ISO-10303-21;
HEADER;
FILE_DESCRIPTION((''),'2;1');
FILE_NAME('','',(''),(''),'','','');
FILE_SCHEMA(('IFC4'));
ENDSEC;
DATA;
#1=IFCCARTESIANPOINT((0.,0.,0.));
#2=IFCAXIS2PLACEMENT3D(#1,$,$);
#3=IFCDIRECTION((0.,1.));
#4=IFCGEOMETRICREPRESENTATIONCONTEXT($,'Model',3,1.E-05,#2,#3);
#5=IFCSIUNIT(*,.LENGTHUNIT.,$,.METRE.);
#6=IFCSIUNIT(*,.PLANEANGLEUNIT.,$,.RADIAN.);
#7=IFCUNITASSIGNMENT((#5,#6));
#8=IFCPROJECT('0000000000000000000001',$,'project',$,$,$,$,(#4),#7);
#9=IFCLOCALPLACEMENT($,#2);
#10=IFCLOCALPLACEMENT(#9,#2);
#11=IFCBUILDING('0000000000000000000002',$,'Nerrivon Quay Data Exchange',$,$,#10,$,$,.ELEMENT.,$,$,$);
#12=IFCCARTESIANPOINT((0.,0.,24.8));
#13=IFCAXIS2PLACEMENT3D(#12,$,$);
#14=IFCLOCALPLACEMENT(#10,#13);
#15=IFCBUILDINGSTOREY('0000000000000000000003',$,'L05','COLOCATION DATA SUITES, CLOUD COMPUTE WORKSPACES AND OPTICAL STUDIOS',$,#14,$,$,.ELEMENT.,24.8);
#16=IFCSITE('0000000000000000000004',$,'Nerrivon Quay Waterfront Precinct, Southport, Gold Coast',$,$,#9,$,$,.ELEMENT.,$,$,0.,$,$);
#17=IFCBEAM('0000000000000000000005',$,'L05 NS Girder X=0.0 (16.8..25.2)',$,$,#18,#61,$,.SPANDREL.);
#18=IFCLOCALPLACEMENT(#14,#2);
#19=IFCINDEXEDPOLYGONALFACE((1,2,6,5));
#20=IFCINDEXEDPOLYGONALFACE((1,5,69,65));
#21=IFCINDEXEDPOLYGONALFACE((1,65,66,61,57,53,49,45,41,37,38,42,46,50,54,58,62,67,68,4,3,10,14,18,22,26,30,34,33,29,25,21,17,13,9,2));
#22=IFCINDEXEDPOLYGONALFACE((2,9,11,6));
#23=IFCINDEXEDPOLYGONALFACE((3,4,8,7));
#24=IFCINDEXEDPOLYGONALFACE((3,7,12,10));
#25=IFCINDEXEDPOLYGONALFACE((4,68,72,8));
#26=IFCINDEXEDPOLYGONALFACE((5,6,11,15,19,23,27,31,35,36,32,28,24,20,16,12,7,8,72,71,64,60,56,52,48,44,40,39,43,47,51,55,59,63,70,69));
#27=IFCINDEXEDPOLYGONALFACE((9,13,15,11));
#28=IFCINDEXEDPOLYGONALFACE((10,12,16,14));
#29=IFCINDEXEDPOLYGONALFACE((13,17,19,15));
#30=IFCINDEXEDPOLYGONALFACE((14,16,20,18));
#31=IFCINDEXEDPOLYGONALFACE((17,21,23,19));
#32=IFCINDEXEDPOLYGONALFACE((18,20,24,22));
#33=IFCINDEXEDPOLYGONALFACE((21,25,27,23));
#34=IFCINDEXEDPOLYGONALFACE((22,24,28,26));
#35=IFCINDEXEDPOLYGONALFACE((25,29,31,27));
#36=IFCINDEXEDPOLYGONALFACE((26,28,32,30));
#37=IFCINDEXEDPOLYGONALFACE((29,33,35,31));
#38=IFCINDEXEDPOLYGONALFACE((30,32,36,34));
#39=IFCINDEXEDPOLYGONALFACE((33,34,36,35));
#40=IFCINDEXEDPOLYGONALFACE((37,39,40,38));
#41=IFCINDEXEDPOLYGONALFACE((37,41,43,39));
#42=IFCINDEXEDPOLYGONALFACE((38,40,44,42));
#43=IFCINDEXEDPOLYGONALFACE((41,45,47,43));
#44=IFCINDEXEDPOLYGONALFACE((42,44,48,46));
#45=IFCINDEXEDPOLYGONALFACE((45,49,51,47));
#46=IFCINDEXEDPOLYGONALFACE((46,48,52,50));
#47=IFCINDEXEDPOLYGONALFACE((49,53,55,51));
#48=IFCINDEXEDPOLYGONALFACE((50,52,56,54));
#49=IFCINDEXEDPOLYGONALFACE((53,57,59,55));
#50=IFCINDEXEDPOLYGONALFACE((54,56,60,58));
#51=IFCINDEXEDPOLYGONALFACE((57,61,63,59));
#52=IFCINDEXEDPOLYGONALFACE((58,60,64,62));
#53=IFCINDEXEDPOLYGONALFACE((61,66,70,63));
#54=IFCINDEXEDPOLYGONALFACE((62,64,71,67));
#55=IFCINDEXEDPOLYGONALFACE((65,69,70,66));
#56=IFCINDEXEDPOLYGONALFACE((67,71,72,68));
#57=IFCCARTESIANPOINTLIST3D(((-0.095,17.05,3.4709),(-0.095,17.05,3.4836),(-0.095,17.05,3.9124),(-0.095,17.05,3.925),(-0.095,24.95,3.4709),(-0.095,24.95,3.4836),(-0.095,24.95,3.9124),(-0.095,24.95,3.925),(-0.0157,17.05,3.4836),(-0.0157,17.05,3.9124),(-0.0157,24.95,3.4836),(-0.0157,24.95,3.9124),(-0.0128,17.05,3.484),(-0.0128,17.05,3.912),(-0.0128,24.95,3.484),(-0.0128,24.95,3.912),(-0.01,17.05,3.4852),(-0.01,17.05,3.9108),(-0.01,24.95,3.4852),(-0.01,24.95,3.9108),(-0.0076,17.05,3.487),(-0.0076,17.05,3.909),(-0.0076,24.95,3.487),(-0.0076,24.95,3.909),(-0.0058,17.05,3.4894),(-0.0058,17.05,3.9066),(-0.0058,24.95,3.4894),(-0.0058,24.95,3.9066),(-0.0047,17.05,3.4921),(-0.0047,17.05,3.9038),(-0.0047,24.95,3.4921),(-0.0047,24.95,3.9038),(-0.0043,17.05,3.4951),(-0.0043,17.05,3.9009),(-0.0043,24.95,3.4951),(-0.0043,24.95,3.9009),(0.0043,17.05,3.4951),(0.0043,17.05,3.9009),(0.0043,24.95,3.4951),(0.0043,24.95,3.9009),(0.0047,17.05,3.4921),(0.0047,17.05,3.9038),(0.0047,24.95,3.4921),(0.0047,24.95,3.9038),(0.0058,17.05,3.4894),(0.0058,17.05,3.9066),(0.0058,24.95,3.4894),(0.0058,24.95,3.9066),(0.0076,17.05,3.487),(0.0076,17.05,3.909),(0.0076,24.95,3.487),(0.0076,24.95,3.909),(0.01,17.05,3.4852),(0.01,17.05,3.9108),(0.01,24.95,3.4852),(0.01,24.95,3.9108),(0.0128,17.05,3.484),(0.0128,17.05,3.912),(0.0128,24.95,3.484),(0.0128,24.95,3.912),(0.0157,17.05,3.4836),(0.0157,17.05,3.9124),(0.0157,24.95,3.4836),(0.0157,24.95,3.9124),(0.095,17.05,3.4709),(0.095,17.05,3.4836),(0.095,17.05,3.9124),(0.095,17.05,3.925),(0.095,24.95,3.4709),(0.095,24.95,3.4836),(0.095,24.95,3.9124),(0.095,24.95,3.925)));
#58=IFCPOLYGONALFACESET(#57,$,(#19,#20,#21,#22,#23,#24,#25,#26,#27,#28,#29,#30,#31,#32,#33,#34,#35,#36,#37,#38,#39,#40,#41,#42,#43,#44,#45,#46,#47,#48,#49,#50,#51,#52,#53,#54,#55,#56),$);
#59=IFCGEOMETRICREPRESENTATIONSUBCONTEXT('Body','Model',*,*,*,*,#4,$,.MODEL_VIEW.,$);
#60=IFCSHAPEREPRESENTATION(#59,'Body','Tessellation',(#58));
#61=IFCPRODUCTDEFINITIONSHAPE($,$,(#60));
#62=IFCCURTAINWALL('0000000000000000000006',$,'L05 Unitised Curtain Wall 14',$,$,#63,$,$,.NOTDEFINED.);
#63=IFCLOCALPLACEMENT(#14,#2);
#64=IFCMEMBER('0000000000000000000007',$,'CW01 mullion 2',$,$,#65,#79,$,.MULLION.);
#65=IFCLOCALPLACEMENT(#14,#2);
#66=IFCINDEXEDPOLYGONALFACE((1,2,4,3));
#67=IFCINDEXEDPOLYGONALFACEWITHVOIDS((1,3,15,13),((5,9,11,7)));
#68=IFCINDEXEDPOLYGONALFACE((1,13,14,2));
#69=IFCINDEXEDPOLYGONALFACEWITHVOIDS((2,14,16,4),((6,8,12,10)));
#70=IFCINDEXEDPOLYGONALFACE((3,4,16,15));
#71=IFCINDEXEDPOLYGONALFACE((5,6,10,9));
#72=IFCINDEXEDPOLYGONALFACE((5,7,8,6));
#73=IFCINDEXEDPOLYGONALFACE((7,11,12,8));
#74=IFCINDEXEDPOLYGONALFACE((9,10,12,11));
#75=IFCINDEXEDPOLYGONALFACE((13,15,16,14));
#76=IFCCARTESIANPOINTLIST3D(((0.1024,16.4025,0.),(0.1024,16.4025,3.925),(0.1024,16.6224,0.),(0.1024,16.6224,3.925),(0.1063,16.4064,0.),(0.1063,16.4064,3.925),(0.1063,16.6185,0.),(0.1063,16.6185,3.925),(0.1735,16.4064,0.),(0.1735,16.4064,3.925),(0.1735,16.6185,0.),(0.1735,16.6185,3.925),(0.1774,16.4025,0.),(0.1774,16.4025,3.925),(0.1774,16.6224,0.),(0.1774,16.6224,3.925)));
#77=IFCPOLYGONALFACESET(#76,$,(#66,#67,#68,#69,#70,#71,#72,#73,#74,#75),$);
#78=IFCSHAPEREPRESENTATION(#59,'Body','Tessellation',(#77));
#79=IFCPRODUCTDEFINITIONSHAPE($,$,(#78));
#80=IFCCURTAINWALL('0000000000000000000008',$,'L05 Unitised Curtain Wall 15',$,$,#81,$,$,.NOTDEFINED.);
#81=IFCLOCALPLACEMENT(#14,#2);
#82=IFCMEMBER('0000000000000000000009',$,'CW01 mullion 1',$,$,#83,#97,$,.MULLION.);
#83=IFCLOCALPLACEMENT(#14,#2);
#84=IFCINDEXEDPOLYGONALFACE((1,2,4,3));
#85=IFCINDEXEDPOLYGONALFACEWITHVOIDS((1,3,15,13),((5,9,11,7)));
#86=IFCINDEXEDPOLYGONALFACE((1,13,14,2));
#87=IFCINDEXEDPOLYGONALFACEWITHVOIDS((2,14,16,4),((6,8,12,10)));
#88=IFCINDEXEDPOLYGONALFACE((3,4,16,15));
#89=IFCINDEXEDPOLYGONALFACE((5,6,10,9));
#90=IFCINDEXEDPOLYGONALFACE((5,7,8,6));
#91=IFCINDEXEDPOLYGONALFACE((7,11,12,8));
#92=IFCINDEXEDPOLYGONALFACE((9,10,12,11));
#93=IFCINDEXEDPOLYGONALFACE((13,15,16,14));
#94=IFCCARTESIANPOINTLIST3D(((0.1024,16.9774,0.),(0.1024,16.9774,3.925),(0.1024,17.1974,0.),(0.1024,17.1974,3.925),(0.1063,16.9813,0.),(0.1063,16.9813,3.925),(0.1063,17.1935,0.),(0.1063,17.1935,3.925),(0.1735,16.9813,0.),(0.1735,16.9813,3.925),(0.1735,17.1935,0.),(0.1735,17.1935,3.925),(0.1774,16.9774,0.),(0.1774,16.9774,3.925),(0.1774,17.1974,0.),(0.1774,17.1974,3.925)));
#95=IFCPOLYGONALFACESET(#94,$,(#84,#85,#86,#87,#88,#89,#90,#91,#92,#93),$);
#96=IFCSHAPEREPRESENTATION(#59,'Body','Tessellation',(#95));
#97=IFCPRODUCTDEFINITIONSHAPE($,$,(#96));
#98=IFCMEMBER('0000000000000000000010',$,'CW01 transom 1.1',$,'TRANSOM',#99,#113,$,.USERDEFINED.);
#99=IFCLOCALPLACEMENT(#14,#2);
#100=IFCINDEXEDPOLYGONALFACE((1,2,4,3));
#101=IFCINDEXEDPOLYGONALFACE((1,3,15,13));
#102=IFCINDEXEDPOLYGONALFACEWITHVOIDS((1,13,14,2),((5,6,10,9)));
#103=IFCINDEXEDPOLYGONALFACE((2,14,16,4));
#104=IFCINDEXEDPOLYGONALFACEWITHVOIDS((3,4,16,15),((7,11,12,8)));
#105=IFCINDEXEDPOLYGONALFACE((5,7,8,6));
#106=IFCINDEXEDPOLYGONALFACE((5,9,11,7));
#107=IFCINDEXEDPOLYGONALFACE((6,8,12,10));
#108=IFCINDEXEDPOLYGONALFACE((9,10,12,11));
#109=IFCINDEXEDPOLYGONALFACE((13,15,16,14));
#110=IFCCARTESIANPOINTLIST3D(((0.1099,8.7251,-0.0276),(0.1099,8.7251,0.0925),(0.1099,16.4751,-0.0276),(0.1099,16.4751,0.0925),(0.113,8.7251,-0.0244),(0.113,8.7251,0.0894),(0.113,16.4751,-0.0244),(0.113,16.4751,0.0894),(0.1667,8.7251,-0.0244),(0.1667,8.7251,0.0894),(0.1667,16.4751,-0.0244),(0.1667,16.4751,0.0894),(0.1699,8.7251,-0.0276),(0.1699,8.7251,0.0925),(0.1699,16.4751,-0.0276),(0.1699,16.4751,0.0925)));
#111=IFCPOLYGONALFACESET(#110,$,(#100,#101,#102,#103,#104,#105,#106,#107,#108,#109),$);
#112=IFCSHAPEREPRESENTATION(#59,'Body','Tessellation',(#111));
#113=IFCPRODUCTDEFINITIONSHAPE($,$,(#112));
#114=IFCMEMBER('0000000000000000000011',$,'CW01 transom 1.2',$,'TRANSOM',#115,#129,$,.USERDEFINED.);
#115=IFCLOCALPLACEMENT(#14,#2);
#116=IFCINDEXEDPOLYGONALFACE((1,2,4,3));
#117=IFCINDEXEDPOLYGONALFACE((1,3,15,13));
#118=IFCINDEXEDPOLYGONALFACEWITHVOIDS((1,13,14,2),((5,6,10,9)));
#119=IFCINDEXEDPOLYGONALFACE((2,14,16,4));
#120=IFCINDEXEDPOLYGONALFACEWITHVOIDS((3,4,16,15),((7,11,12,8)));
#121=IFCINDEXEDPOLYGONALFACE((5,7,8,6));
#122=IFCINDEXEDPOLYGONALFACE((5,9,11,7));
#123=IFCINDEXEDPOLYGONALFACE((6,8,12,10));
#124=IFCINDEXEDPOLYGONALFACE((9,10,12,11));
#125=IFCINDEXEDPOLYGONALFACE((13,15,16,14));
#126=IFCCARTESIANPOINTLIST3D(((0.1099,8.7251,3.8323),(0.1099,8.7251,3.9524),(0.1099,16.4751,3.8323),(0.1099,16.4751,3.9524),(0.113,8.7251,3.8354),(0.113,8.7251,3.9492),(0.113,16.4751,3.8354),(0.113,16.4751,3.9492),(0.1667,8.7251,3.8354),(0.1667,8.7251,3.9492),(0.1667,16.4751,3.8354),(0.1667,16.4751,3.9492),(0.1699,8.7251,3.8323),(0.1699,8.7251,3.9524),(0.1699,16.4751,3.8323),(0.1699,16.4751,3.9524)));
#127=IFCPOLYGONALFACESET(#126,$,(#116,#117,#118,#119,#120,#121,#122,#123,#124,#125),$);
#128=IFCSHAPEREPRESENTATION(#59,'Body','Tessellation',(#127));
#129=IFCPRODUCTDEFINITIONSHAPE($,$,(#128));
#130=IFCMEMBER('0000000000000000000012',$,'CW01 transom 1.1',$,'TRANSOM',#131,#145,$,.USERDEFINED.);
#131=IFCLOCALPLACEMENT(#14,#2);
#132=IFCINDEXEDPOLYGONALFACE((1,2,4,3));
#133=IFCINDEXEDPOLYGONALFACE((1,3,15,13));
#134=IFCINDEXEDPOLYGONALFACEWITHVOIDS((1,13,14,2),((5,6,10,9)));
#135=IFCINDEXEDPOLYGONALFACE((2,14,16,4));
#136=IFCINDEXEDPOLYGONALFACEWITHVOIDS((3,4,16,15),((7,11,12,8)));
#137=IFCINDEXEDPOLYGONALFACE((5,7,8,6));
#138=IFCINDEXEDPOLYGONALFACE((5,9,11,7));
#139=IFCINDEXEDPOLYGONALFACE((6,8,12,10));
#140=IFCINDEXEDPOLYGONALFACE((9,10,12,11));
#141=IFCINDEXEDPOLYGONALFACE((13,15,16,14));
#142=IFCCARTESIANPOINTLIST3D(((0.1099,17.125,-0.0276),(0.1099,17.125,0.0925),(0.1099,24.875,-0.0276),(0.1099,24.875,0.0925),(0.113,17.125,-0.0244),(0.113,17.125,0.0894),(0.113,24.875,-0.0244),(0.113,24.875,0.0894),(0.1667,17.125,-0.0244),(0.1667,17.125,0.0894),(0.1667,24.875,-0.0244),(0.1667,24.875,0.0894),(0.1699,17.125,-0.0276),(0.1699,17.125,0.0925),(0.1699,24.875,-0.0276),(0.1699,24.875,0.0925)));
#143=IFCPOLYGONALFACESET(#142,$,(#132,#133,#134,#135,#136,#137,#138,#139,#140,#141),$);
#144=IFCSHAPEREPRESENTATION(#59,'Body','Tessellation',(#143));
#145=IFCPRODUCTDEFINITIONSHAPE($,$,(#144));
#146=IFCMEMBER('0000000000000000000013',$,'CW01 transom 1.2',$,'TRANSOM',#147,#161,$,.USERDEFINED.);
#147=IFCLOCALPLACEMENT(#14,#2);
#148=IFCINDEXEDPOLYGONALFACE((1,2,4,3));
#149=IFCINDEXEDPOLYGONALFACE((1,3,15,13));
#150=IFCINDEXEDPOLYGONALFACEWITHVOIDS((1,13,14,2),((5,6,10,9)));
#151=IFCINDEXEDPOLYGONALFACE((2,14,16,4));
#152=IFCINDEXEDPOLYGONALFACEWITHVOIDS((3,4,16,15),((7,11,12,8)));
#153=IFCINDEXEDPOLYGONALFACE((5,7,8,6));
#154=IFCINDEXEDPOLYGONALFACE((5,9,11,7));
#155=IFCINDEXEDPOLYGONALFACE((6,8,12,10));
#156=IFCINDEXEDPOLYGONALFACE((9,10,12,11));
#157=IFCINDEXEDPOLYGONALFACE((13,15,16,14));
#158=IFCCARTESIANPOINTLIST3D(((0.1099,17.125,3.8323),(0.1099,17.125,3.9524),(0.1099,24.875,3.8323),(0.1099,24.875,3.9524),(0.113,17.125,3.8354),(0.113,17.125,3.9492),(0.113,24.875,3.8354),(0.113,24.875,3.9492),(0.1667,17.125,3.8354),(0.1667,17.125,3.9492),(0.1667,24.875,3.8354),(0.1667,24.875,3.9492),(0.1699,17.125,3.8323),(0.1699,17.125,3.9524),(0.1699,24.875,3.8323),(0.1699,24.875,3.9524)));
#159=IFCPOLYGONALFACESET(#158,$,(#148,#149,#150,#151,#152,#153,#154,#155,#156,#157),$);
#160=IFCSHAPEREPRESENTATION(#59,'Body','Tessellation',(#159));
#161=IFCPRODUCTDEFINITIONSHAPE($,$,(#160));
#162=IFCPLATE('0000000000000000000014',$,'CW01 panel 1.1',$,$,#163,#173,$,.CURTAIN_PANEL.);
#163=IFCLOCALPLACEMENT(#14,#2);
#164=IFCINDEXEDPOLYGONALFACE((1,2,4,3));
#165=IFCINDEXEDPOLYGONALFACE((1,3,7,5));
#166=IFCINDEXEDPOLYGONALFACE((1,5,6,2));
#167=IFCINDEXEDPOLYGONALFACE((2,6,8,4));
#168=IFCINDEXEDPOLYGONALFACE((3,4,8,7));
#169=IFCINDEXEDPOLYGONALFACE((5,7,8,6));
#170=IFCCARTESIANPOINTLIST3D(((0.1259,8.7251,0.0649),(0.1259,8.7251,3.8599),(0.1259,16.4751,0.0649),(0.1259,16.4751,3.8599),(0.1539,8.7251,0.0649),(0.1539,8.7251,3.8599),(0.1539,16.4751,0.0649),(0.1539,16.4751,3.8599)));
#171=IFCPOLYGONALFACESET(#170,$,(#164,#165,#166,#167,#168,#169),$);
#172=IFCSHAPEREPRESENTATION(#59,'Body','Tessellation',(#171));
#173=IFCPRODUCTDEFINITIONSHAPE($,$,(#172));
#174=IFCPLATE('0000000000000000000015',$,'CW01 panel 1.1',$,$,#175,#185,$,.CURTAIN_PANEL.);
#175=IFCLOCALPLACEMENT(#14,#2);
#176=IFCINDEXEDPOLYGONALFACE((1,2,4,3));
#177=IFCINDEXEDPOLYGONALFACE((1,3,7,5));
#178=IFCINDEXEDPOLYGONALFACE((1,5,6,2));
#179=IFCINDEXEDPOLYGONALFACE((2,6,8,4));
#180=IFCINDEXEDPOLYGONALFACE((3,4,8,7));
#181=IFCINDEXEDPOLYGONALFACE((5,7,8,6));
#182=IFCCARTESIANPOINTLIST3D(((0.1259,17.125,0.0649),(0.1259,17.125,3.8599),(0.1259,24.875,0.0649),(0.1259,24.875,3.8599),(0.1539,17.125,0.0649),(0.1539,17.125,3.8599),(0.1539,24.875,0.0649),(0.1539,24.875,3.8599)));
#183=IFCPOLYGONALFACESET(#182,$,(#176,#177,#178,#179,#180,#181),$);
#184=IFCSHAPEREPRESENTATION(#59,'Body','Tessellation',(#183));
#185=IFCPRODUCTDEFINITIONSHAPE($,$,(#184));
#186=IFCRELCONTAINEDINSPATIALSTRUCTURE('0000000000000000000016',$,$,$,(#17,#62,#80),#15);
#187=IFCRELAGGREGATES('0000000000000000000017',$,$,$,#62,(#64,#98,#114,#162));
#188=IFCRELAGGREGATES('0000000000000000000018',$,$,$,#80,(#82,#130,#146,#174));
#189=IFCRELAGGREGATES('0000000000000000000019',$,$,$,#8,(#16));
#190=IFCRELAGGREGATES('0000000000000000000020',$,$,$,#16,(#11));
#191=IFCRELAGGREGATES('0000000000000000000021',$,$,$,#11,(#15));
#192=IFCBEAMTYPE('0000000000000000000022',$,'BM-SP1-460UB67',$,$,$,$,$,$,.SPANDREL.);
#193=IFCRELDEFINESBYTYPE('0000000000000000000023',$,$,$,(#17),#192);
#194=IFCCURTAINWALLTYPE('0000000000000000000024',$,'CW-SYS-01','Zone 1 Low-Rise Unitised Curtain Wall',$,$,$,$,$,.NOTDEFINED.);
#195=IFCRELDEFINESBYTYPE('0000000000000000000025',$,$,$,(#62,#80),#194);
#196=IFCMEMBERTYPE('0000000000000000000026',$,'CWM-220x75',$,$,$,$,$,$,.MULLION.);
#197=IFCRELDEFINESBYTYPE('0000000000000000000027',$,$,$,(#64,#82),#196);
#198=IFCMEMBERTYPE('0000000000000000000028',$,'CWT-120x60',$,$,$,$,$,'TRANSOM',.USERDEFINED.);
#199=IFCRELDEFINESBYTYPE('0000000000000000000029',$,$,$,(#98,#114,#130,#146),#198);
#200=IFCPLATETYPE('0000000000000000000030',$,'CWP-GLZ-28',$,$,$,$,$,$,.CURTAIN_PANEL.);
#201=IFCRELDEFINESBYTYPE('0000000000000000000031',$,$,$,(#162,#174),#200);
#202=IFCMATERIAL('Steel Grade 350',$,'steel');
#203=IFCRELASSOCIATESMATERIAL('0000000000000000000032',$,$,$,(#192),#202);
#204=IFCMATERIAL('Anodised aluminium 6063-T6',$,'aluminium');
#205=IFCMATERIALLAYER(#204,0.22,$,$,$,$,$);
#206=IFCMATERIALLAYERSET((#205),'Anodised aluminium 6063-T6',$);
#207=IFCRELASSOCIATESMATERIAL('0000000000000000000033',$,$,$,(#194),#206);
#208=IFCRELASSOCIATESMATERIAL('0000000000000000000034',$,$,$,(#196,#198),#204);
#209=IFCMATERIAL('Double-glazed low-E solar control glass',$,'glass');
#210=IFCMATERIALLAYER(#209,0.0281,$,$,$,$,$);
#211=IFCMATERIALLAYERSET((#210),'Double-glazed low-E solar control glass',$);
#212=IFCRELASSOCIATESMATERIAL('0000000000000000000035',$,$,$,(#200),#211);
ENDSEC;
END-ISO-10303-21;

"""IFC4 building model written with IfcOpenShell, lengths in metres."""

from ifc_helpers import new_model, si_unit, direction, frame, origin, origin_2d, place, context, subcontext, project, spatial, rectangle, hollow_rectangle, i_section, extrude, material, layer, layer_set, material_profile, profile_set, type_object, element, aggregate, save


model = new_model("IFC4")

# Units and contexts
model_context = context("Model", 3, precision=1e-05, world=origin(), true_north=direction((0.0, 1.0)))
body_context = subcontext(model_context, "Body", "Model", "MODEL_VIEW")
ifc_project = project(units=[si_unit("LENGTHUNIT", "METRE"), si_unit("PLANEANGLEUNIT", "RADIAN")], contexts=[model_context])

# Site, building, storey
site_placement = place(None, origin())
site = spatial("IfcSite", under=ifc_project, at=site_placement, Name="Nerrivon Quay Waterfront Precinct, Southport, Gold Coast", CompositionType="ELEMENT", RefElevation=0.0)
building_placement = place(site_placement, origin())
building = spatial("IfcBuilding", under=site, at=building_placement, Name="Nerrivon Quay Data Exchange", CompositionType="ELEMENT")
storey_placement = place(building_placement, frame((0.0, 0.0, 24.8)))
storey = spatial("IfcBuildingStorey", under=building, at=storey_placement, Name="L05", Description="COLOCATION DATA SUITES, CLOUD COMPUTE WORKSPACES AND OPTICAL STUDIOS", CompositionType="ELEMENT", Elevation=24.8)

# Shared definitions
ifc_material_1 = material(Name="Steel Grade 350", Category="steel")

# Beam
ifc_material_profile_1 = material_profile(ifc_material_1, i_section(OverallWidth=0.1899, OverallDepth=0.4541, WebThickness=0.0085, FlangeThickness=0.0127, FilletRadius=0.0115, at=origin_2d()), Name="460UB67.1")
ifc_profile_set_1 = profile_set([ifc_material_profile_1], Name="Steel Grade 350")
beam_type_1 = type_object("IfcBeamType", Name="BM-SP1-460UB67", PredefinedType="SPANDREL", material=ifc_profile_set_1)
beam_1_placement = place(storey_placement, frame((0.0, 17.05, 3.698), z_axis=(0.0, 1.0, 0.0), x_axis=(-1.0, 0.0, 0.0)))
element("IfcBeam", 1, at=beam_1_placement, inside=storey, type_object=beam_type_1, Name="L05 NS Girder X=0.0 (16.8..25.2)", PredefinedType="SPANDREL", context=body_context, shape_type="SweptSolid", body=[
    extrude(i_section(OverallWidth=0.1899, OverallDepth=0.4541, WebThickness=0.0085, FlangeThickness=0.0127, FilletRadius=0.0115, at=origin_2d()), origin(), (0.0, 0.0, 1.0), 7.8999),
])

# Curtain walls, members
ifc_material_2 = material(Name="Anodised aluminium 6063-T6", Category="aluminium")
ifc_layer_1 = layer(ifc_material_2, 0.22)
ifc_layer_set_1 = layer_set([ifc_layer_1], Name="Anodised aluminium 6063-T6")
curtain_wall_type = type_object("IfcCurtainWallType", Name="CW-SYS-01", Description="Zone 1 Low-Rise Unitised Curtain Wall", PredefinedType="NOTDEFINED", material=ifc_layer_set_1)
curtain_wall_1_placement = place(storey_placement, origin())
curtain_wall_1 = element("IfcCurtainWall", 2, at=curtain_wall_1_placement, inside=storey, type_object=curtain_wall_type, Name="L05 Unitised Curtain Wall 14", PredefinedType="NOTDEFINED")
ifc_material_profile_2 = material_profile(ifc_material_2, hollow_rectangle(XDim=0.075, YDim=0.22, WallThickness=0.0039, at=origin_2d()), Name="ALU-MULL-220x75")
ifc_profile_set_2 = profile_set([ifc_material_profile_2], Name="Anodised aluminium 6063-T6")
member_type_1 = type_object("IfcMemberType", Name="CWM-220x75", PredefinedType="MULLION", material=ifc_profile_set_2)
member_1_placement = place(storey_placement, frame((0.1399, 16.5125, 0.0), z_axis=(0.0, 0.0, 1.0), x_axis=(-1.0, 0.0, 0.0)))
member_1 = element("IfcMember", 3, at=member_1_placement, type_object=member_type_1, Name="CW01 mullion 2", PredefinedType="MULLION", context=body_context, shape_type="SweptSolid", body=[
    extrude(hollow_rectangle(XDim=0.075, YDim=0.22, WallThickness=0.0039, at=origin_2d()), origin(), (0.0, 0.0, 1.0), 3.925),
])
curtain_wall_2_placement = place(storey_placement, origin())
curtain_wall_2 = element("IfcCurtainWall", 4, at=curtain_wall_2_placement, inside=storey, type_object=curtain_wall_type, Name="L05 Unitised Curtain Wall 15", PredefinedType="NOTDEFINED")
member_2_placement = place(storey_placement, frame((0.1399, 17.0874, 0.0), z_axis=(0.0, 0.0, 1.0), x_axis=(-1.0, 0.0, 0.0)))
member_2 = element("IfcMember", 5, at=member_2_placement, type_object=member_type_1, Name="CW01 mullion 1", PredefinedType="MULLION", context=body_context, shape_type="SweptSolid", body=[
    extrude(hollow_rectangle(XDim=0.075, YDim=0.22, WallThickness=0.0039, at=origin_2d()), origin(), (0.0, 0.0, 1.0), 3.925),
])

# Members
ifc_material_profile_3 = material_profile(ifc_material_2, hollow_rectangle(XDim=0.0601, YDim=0.1201, WallThickness=0.0032, at=origin_2d()), Name="ALU-TRAN-120x60")
ifc_profile_set_3 = profile_set([ifc_material_profile_3], Name="Anodised aluminium 6063-T6")
member_type_2 = type_object("IfcMemberType", Name="CWT-120x60", ElementType="TRANSOM", PredefinedType="USERDEFINED", material=ifc_profile_set_3)
member_3_placement = place(storey_placement, frame((0.1399, 8.7251, 0.0325), z_axis=(0.0, 1.0, 0.0), x_axis=(-1.0, 0.0, 0.0)))
member_3 = element("IfcMember", 6, at=member_3_placement, type_object=member_type_2, Name="CW01 transom 1.1", ObjectType="TRANSOM", PredefinedType="USERDEFINED", context=body_context, shape_type="SweptSolid", body=[
    extrude(hollow_rectangle(XDim=0.0601, YDim=0.1201, WallThickness=0.0032, at=origin_2d()), origin(), (0.0, 0.0, 1.0), 7.75),
])
member_4_placement = place(storey_placement, frame((0.1399, 8.7251, 3.8923), z_axis=(0.0, 1.0, 0.0), x_axis=(-1.0, 0.0, 0.0)))
member_4 = element("IfcMember", 7, at=member_4_placement, type_object=member_type_2, Name="CW01 transom 1.2", ObjectType="TRANSOM", PredefinedType="USERDEFINED", context=body_context, shape_type="SweptSolid", body=[
    extrude(hollow_rectangle(XDim=0.0601, YDim=0.1201, WallThickness=0.0032, at=origin_2d()), origin(), (0.0, 0.0, 1.0), 7.75),
])
member_5_placement = place(storey_placement, frame((0.1399, 17.125, 0.0325), z_axis=(0.0, 1.0, 0.0), x_axis=(-1.0, 0.0, 0.0)))
member_5 = element("IfcMember", 8, at=member_5_placement, type_object=member_type_2, Name="CW01 transom 1.1", ObjectType="TRANSOM", PredefinedType="USERDEFINED", context=body_context, shape_type="SweptSolid", body=[
    extrude(hollow_rectangle(XDim=0.0601, YDim=0.1201, WallThickness=0.0032, at=origin_2d()), origin(), (0.0, 0.0, 1.0), 7.75),
])
member_6_placement = place(storey_placement, frame((0.1399, 17.125, 3.8923), z_axis=(0.0, 1.0, 0.0), x_axis=(-1.0, 0.0, 0.0)))
member_6 = element("IfcMember", 9, at=member_6_placement, type_object=member_type_2, Name="CW01 transom 1.2", ObjectType="TRANSOM", PredefinedType="USERDEFINED", context=body_context, shape_type="SweptSolid", body=[
    extrude(hollow_rectangle(XDim=0.0601, YDim=0.1201, WallThickness=0.0032, at=origin_2d()), origin(), (0.0, 0.0, 1.0), 7.75),
])

# Plates
ifc_material_3 = material(Name="Double-glazed low-E solar control glass", Category="glass")
ifc_layer_2 = layer(ifc_material_3, 0.0281)
ifc_layer_set_2 = layer_set([ifc_layer_2], Name="Double-glazed low-E solar control glass")
plate_type = type_object("IfcPlateType", Name="CWP-GLZ-28", PredefinedType="CURTAIN_PANEL", material=ifc_layer_set_2)
plate_1_placement = place(storey_placement, frame((0.1399, 12.6001, 0.0649), z_axis=(0.0, 0.0, 1.0), x_axis=(0.0, 1.0, 0.0)))
plate_1 = element("IfcPlate", 10, at=plate_1_placement, type_object=plate_type, Name="CW01 panel 1.1", PredefinedType="CURTAIN_PANEL", context=body_context, shape_type="SweptSolid", body=[
    extrude(rectangle(XDim=7.75, YDim=0.0281, at=origin_2d()), origin(), (0.0, 0.0, 1.0), 3.7949),
])
aggregate(curtain_wall_1, [member_1, member_3, member_4, plate_1])
plate_2_placement = place(storey_placement, frame((0.1399, 21.0, 0.0649), z_axis=(0.0, 0.0, 1.0), x_axis=(0.0, 1.0, 0.0)))
plate_2 = element("IfcPlate", 11, at=plate_2_placement, type_object=plate_type, Name="CW01 panel 1.1", PredefinedType="CURTAIN_PANEL", context=body_context, shape_type="SweptSolid", body=[
    extrude(rectangle(XDim=7.75, YDim=0.0281, at=origin_2d()), origin(), (0.0, 0.0, 1.0), 3.7949),
])
aggregate(curtain_wall_2, [member_2, member_5, member_6, plate_2])

save(model, "model.ifc")
